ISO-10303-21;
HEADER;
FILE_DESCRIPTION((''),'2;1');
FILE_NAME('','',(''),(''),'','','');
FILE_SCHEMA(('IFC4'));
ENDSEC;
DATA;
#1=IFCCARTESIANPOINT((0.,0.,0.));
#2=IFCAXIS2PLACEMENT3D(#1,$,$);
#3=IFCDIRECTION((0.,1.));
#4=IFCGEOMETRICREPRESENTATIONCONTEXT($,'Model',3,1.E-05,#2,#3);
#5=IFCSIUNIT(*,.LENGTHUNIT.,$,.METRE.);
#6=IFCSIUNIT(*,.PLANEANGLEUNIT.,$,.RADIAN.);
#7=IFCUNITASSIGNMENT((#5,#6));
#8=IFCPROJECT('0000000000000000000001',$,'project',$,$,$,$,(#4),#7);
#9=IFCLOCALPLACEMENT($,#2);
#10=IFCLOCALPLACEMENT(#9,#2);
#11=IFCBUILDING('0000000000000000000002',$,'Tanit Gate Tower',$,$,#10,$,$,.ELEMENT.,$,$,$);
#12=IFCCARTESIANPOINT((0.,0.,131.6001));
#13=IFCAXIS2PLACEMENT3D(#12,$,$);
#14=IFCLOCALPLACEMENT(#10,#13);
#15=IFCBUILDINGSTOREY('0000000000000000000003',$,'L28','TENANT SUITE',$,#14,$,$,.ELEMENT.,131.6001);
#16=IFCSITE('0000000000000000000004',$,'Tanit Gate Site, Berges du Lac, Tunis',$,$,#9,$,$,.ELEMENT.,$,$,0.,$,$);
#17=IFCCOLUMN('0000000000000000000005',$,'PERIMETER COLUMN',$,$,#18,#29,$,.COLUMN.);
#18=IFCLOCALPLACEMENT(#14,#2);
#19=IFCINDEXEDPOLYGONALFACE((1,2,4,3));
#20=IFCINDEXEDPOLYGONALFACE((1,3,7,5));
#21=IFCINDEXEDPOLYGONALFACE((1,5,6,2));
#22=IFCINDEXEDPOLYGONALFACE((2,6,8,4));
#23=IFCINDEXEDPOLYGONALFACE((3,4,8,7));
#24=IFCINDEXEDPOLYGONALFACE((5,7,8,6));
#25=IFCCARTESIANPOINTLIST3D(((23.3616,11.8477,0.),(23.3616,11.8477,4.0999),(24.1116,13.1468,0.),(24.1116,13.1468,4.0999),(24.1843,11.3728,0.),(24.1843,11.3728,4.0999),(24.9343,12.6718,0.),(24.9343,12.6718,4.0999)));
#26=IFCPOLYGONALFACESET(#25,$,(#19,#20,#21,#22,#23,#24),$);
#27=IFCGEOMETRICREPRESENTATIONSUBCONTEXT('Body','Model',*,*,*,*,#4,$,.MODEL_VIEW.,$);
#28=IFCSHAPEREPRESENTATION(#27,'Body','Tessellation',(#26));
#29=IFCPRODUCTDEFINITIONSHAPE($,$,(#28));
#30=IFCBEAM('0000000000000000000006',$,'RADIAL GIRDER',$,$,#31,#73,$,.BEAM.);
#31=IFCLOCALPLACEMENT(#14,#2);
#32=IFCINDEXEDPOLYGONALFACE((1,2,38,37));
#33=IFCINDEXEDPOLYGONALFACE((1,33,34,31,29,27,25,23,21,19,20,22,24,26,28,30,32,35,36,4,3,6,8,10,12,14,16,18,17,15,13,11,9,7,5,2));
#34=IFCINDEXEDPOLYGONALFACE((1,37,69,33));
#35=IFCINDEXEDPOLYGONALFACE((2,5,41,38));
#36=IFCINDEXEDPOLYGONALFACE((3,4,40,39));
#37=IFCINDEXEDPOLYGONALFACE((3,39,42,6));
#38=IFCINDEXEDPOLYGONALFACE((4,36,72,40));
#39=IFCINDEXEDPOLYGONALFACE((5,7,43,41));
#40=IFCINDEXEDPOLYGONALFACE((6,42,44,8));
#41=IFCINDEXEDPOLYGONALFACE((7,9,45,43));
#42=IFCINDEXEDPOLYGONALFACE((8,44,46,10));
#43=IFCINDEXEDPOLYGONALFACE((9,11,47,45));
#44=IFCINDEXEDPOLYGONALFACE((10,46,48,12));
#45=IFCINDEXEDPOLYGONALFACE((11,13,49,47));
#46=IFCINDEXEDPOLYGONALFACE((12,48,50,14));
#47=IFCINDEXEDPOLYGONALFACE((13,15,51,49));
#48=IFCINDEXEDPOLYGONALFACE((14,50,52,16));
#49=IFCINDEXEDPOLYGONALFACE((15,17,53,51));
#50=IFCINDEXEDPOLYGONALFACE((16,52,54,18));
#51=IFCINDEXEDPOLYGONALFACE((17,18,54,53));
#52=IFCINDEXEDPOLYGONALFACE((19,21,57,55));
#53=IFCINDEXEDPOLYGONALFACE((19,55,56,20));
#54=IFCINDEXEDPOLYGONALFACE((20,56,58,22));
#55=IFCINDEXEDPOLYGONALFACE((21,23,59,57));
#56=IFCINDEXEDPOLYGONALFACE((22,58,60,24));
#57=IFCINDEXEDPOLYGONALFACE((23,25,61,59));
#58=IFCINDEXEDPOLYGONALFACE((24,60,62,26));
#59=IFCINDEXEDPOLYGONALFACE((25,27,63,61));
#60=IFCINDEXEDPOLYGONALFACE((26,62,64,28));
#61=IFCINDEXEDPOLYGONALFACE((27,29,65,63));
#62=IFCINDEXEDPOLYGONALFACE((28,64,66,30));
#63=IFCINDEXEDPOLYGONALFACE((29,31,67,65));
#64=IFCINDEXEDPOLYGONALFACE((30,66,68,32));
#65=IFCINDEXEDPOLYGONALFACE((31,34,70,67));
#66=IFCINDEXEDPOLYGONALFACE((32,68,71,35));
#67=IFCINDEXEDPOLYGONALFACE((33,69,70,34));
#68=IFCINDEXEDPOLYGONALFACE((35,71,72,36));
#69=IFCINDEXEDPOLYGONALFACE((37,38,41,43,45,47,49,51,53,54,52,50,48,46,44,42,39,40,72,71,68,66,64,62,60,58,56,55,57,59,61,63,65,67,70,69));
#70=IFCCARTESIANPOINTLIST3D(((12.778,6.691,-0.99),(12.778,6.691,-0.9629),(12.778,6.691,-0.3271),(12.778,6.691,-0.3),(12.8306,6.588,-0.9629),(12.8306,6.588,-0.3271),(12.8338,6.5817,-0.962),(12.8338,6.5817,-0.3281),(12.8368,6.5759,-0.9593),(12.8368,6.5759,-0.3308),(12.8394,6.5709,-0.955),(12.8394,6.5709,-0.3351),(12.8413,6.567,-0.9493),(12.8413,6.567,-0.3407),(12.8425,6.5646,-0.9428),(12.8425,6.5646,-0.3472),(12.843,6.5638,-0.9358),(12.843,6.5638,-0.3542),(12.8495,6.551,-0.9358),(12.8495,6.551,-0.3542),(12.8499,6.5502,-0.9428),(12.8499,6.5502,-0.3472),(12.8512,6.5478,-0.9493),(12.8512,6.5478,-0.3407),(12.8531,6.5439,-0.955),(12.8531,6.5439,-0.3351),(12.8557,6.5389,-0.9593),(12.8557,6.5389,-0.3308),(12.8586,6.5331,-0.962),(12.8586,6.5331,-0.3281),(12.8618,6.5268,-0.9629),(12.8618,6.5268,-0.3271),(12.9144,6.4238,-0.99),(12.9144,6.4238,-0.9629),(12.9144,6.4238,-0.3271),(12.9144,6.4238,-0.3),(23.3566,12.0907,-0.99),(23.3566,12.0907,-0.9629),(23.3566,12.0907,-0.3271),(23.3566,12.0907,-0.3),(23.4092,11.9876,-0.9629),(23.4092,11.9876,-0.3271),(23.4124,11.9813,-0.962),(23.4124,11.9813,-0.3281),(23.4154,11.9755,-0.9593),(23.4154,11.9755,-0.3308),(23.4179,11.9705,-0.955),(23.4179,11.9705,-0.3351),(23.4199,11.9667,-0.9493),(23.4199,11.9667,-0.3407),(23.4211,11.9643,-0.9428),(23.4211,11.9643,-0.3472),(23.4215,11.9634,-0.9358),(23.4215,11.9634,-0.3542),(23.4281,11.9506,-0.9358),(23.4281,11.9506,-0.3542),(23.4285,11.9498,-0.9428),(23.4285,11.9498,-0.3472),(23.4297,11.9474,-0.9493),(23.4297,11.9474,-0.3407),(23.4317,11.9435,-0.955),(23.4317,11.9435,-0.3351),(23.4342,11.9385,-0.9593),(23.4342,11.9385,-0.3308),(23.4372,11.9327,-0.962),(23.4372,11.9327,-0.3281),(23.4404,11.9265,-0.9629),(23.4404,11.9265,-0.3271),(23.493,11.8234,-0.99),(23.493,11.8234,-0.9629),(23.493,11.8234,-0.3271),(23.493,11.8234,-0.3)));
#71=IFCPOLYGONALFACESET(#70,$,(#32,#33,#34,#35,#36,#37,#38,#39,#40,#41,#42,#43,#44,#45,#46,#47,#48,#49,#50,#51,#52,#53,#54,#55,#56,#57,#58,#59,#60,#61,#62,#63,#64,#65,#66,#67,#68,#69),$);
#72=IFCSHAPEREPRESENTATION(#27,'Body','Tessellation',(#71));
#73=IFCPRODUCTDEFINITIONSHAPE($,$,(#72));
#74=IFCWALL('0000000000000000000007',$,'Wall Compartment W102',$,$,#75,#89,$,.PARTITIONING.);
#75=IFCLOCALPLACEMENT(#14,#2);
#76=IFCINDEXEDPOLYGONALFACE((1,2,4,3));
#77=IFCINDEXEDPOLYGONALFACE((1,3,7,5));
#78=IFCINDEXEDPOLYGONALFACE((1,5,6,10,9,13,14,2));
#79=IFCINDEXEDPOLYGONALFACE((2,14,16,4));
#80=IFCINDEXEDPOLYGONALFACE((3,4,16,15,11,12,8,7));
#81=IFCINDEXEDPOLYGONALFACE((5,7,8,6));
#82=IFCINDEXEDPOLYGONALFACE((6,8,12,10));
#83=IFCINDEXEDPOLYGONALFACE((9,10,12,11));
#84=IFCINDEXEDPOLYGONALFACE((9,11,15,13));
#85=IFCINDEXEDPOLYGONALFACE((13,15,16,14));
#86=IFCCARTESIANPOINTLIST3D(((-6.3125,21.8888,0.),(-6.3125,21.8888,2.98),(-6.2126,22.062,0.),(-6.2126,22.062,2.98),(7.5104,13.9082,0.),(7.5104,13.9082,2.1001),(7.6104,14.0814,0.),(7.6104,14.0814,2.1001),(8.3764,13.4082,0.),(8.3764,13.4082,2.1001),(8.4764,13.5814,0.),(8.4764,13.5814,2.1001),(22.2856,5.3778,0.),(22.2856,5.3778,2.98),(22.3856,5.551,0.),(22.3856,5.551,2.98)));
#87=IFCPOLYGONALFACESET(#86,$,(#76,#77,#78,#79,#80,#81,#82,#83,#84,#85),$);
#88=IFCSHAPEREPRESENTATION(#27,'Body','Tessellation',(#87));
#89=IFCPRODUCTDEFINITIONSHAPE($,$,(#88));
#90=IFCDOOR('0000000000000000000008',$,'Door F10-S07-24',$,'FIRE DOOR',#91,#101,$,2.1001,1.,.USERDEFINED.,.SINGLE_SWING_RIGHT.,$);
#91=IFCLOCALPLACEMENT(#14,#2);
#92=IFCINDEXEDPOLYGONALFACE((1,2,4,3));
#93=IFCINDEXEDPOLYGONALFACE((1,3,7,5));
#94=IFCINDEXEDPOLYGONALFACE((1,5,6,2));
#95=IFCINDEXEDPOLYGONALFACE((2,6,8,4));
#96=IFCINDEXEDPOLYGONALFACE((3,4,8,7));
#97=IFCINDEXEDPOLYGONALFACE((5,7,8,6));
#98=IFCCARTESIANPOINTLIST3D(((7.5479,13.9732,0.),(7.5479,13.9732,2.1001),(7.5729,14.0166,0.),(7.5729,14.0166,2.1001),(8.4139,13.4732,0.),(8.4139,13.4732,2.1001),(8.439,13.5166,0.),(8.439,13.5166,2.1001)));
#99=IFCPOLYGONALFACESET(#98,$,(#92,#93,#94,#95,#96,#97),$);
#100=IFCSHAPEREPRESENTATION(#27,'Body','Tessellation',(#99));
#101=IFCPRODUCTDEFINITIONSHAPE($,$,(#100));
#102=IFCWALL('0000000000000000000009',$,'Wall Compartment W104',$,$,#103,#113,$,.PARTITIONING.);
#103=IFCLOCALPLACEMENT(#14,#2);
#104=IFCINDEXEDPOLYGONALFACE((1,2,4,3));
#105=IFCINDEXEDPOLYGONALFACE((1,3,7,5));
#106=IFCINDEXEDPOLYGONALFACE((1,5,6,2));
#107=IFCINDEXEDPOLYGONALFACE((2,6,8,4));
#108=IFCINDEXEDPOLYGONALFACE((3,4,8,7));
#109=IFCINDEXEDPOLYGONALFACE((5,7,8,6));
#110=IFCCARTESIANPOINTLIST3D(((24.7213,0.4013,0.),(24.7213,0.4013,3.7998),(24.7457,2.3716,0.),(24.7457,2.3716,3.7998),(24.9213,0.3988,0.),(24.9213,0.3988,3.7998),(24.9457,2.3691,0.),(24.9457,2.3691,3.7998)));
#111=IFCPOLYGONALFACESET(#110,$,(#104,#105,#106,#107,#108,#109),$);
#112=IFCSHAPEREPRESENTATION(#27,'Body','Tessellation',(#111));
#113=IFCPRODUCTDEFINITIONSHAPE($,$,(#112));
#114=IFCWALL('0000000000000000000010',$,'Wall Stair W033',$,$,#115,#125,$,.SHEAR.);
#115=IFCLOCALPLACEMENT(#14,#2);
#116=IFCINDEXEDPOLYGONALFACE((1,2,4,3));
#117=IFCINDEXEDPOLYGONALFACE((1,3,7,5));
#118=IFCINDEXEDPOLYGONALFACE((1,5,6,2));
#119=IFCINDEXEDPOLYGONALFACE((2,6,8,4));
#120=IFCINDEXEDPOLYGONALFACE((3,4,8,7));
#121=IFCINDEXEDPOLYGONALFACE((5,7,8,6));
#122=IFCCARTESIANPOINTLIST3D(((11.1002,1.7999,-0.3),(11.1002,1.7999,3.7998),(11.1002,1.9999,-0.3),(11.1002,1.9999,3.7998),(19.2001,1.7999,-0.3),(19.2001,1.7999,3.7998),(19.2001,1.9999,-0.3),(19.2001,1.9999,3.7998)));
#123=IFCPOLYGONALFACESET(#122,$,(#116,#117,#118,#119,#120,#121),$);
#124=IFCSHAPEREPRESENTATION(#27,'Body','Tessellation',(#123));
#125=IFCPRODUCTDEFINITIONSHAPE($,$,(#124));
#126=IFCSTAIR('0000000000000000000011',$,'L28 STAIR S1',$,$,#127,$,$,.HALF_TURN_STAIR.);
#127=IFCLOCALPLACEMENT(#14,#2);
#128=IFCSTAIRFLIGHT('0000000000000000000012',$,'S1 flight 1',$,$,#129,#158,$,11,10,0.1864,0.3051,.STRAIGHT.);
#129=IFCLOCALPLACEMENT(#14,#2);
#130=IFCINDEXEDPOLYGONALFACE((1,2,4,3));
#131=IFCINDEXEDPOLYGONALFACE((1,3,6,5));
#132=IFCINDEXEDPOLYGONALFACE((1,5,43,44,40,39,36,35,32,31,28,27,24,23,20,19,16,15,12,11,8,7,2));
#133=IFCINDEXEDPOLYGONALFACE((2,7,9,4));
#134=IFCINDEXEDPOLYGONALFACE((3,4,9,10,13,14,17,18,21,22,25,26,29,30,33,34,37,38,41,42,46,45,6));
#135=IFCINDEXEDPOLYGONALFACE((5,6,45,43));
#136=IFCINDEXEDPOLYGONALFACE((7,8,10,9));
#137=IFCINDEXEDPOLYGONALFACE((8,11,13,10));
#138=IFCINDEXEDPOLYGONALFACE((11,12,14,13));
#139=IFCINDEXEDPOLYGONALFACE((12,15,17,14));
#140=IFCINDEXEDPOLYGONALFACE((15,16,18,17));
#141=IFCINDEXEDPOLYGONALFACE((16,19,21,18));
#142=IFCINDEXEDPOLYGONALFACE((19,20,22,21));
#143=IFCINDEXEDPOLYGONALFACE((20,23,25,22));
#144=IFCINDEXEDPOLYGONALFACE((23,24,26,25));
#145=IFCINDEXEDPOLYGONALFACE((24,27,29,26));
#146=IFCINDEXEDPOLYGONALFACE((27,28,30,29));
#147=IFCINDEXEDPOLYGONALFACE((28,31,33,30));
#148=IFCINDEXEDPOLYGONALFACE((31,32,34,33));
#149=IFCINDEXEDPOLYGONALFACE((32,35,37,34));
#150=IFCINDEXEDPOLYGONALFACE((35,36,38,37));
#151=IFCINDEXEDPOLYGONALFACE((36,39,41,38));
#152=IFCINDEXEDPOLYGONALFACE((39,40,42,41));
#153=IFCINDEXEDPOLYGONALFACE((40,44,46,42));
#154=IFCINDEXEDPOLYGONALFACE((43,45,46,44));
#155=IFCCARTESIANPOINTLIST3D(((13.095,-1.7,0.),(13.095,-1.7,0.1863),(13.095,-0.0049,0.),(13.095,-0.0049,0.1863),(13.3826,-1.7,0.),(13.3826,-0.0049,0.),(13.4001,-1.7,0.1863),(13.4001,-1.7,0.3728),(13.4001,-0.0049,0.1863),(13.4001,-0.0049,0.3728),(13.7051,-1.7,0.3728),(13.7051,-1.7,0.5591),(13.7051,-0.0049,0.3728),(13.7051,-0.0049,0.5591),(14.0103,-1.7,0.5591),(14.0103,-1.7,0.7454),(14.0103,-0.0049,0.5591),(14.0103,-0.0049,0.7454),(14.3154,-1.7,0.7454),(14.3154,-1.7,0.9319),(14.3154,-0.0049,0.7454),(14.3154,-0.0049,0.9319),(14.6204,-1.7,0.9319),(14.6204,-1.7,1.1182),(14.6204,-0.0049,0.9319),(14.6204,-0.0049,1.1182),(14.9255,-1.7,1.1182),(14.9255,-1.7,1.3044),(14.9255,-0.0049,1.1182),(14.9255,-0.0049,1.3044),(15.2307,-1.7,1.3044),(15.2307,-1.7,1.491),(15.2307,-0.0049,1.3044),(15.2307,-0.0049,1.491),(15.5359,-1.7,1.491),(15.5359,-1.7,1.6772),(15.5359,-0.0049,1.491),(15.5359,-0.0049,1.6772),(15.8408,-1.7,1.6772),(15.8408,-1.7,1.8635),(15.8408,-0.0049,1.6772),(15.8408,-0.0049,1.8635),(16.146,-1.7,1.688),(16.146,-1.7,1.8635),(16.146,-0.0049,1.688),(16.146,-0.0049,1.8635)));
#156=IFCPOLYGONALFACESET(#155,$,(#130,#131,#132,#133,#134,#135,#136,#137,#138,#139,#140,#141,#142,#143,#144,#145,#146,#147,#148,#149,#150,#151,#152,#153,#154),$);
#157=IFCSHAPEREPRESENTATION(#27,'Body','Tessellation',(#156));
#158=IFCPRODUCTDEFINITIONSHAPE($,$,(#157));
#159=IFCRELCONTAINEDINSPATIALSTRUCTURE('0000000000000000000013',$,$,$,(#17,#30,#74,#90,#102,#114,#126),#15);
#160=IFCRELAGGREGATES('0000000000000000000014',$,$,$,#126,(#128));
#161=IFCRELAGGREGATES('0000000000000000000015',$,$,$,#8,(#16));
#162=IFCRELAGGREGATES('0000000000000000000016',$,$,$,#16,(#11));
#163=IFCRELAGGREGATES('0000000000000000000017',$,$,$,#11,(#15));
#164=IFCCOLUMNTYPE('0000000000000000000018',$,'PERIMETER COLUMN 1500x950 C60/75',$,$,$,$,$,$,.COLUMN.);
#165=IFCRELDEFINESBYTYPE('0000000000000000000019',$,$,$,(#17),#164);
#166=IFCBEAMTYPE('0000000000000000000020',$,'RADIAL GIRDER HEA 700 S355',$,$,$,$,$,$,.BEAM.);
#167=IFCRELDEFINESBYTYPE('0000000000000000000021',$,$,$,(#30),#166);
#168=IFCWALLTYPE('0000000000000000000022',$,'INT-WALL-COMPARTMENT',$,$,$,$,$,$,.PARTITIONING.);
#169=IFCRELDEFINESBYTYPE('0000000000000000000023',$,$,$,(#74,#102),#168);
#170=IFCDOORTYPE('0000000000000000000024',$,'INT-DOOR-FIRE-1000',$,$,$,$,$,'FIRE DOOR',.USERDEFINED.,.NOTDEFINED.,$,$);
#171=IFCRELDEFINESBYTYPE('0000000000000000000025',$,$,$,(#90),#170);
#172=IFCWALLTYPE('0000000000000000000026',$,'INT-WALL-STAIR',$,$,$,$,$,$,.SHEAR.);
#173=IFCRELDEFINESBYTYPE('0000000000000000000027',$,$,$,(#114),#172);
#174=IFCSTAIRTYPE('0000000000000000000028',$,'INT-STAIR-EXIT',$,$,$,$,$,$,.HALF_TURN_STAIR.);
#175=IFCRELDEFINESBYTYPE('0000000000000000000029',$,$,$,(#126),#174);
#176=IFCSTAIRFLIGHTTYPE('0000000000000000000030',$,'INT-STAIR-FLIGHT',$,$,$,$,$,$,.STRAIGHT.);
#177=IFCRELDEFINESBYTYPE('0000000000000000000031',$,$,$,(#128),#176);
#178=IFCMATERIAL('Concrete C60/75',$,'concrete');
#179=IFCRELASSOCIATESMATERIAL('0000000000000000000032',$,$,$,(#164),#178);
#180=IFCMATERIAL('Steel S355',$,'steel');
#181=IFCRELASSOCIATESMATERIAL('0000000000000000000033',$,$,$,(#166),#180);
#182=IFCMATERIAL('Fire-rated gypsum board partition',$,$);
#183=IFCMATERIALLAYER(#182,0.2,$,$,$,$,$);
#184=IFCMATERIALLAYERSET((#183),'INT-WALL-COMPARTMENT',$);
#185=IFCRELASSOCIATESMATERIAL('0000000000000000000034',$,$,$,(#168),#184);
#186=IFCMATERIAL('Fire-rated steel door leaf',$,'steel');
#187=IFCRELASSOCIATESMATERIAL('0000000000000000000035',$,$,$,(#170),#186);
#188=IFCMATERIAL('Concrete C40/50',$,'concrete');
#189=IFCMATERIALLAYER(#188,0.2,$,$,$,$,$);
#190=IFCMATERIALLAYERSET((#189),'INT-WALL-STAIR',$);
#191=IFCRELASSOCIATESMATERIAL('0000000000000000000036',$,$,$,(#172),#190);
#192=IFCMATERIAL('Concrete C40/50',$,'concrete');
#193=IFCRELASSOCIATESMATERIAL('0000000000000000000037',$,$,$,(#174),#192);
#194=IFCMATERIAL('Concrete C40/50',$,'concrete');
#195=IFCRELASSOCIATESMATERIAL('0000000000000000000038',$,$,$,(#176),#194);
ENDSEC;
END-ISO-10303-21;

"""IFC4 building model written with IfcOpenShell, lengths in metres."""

from ifc_helpers import new_model, si_unit, direction, frame, frame_2d, origin, origin_2d, place, context, subcontext, project, spatial, polyline, rectangle, i_section, outline, extrude, material, layer, layer_set, material_profile, profile_set, type_object, element, fill, aggregate, save


model = new_model("IFC4")

# Units and contexts
model_context = context("Model", 3, precision=1e-05, world=origin(), true_north=direction((0.0, 1.0)))
body_context = subcontext(model_context, "Body", "Model", "MODEL_VIEW")
ifc_project = project(units=[si_unit("LENGTHUNIT", "METRE"), si_unit("PLANEANGLEUNIT", "RADIAN")], contexts=[model_context])

# Site, building, storey
site_placement = place(None, origin())
site = spatial("IfcSite", under=ifc_project, at=site_placement, Name="Tanit Gate Site, Berges du Lac, Tunis", CompositionType="ELEMENT", RefElevation=0.0)
building_placement = place(site_placement, origin())
building = spatial("IfcBuilding", under=site, at=building_placement, Name="Tanit Gate Tower", CompositionType="ELEMENT")
storey_placement = place(building_placement, frame((0.0, 0.0, 131.6001)))
storey = spatial("IfcBuildingStorey", under=building, at=storey_placement, Name="L28", Description="TENANT SUITE", CompositionType="ELEMENT", Elevation=131.6001)

# Column
ifc_material_1 = material(Name="Concrete C60/75", Category="concrete")
ifc_material_profile_1 = material_profile(ifc_material_1, rectangle(XDim=1.5, YDim=0.95, at=origin_2d()), Name="RC 1500x950")
ifc_profile_set_1 = profile_set([ifc_material_profile_1], Name="Concrete C60/75")
column_type = type_object("IfcColumnType", Name="PERIMETER COLUMN 1500x950 C60/75", PredefinedType="COLUMN", material=ifc_profile_set_1)
column_placement = place(storey_placement, frame((24.1479, 12.2598, 0.0), z_axis=(0.0, 0.0, 1.0), x_axis=(0.5, 0.866025, 0.0)))
element("IfcColumn", 1, at=column_placement, inside=storey, type_object=column_type, Name="PERIMETER COLUMN", PredefinedType="COLUMN", context=body_context, shape_type="SweptSolid", body=[
    extrude(rectangle(XDim=1.5, YDim=0.95, at=origin_2d()), origin(), (0.0, 0.0, 1.0), 4.0999),
])

# Beam
ifc_material_2 = material(Name="Steel S355", Category="steel")
ifc_material_profile_2 = material_profile(ifc_material_2, i_section(OverallWidth=0.3, OverallDepth=0.6899, WebThickness=0.0144, FlangeThickness=0.0271, FilletRadius=0.0271, at=origin_2d()), Name="HEA 700")
ifc_profile_set_2 = profile_set([ifc_material_profile_2], Name="Steel S355")
beam_type = type_object("IfcBeamType", Name="RADIAL GIRDER HEA 700 S355", PredefinedType="BEAM", material=ifc_profile_set_2)
beam_placement = place(storey_placement, frame((23.4248, 11.957, -0.645), z_axis=(-0.89068, -0.454631, 0.0), x_axis=(0.454631, -0.89068, 0.0)))
element("IfcBeam", 2, at=beam_placement, inside=storey, type_object=beam_type, Name="RADIAL GIRDER", PredefinedType="BEAM", context=body_context, shape_type="SweptSolid", body=[
    extrude(i_section(OverallWidth=0.3, OverallDepth=0.6899, WebThickness=0.0144, FlangeThickness=0.0271, FilletRadius=0.0271, at=origin_2d()), origin(), (0.0, 0.0, 1.0), 11.877),
])

# Wall, opening, door
ifc_material_3 = material(Name="Fire-rated gypsum board partition")
ifc_layer_1 = layer(ifc_material_3, 0.2)
ifc_layer_set_1 = layer_set([ifc_layer_1], Name="INT-WALL-COMPARTMENT")
wall_type_1 = type_object("IfcWallType", Name="INT-WALL-COMPARTMENT", PredefinedType="PARTITIONING", material=ifc_layer_set_1)
wall_1_placement = place(storey_placement, frame((22.3357, 5.4644, 0.0), z_axis=(0.0, 0.0, 1.0), x_axis=(-0.866028, 0.499996, 0.0)))
wall_1 = element("IfcWall", 3, at=wall_1_placement, inside=storey, type_object=wall_type_1, Name="Wall Compartment W102", PredefinedType="PARTITIONING", context=body_context, shape_type="SweptSolid", body=[
    extrude(rectangle(XDim=33.0222, YDim=0.2, at=frame_2d((16.5112, 0.0))), origin(), (0.0, 0.0, 1.0), 2.98),
])
opening_1_placement = place(wall_1_placement, frame((16.061, 0.0, 0.0)))
opening_1 = element("IfcOpeningElement", 4, at=opening_1_placement, cuts=wall_1, PredefinedType="OPENING", context=body_context, shape_type="SweptSolid", body=[
    extrude(rectangle(XDim=1.0, YDim=2.1001, at=frame_2d((0.5, 1.05))), frame((0.0, 0.1099, 0.0), z_axis=(0.0, -1.0, 0.0), x_axis=(1.0, 0.0, 0.0)), (0.0, 0.0, 1.0), 0.22),
])
ifc_material_4 = material(Name="Fire-rated steel door leaf", Category="steel")
door_type_1 = type_object("IfcDoorType", Name="INT-DOOR-FIRE-1000", ElementType="FIRE DOOR", OperationType="NOTDEFINED", PredefinedType="USERDEFINED", material=ifc_material_4)
door_1_placement = place(opening_1_placement, origin())
door_1 = element("IfcDoor", 5, at=door_1_placement, inside=storey, type_object=door_type_1, Name="Door F10-S07-24", ObjectType="FIRE DOOR", OperationType="SINGLE_SWING_RIGHT", OverallHeight=2.1001, OverallWidth=1.0, PredefinedType="USERDEFINED", context=body_context, shape_type="SweptSolid", body=[
    extrude(rectangle(XDim=1.0, YDim=2.1001, at=frame_2d((0.5, 1.05))), frame((0.0, 0.0249, 0.0), z_axis=(0.0, -1.0, 0.0), x_axis=(1.0, 0.0, 0.0)), (0.0, 0.0, 1.0), 0.05),
])
fill(opening_1, door_1)

# Walls
wall_2_placement = place(storey_placement, frame((24.8213, 0.3999, 0.0), z_axis=(0.0, 0.0, 1.0), x_axis=(0.012391, 0.999923, 0.0)))
element("IfcWall", 6, at=wall_2_placement, inside=storey, type_object=wall_type_1, Name="Wall Compartment W104", PredefinedType="PARTITIONING", context=body_context, shape_type="SweptSolid", body=[
    extrude(rectangle(XDim=1.9705, YDim=0.2, at=frame_2d((0.9854, 0.0))), origin(), (0.0, 0.0, 1.0), 3.7998),
])
ifc_material_5 = material(Name="Concrete C40/50", Category="concrete")
ifc_layer_2 = layer(ifc_material_5, 0.2)
ifc_layer_set_2 = layer_set([ifc_layer_2], Name="INT-WALL-STAIR")
wall_type_2 = type_object("IfcWallType", Name="INT-WALL-STAIR", PredefinedType="SHEAR", material=ifc_layer_set_2)
wall_3_placement = place(storey_placement, frame((19.2, 1.8999, -0.3), z_axis=(0.0, 0.0, 1.0), x_axis=(-1.0, 0.0, 0.0)))
element("IfcWall", 7, at=wall_3_placement, inside=storey, type_object=wall_type_2, Name="Wall Stair W033", PredefinedType="SHEAR", context=body_context, shape_type="SweptSolid", body=[
    extrude(rectangle(XDim=8.0999, YDim=0.2, at=frame_2d((4.0498, 0.0))), origin(), (0.0, 0.0, 1.0), 4.0999),
])

# Stair, stair flight
ifc_material_6 = material(Name="Concrete C40/50", Category="concrete")
stair_type = type_object("IfcStairType", Name="INT-STAIR-EXIT", PredefinedType="HALF_TURN_STAIR", material=ifc_material_6)
stair_placement = place(storey_placement, origin())
stair = element("IfcStair", 8, at=stair_placement, inside=storey, type_object=stair_type, Name="L28 STAIR S1", PredefinedType="HALF_TURN_STAIR")
ifc_material_7 = material(Name="Concrete C40/50", Category="concrete")
stair_flight_type = type_object("IfcStairFlightType", Name="INT-STAIR-FLIGHT", PredefinedType="STRAIGHT", material=ifc_material_7)
stair_flight_1_placement = place(storey_placement, frame((13.095, -0.8525, 0.0), z_axis=(0.0, 0.0, 1.0), x_axis=(1.0, 0.0, 0.0)))
stair_flight_1 = element("IfcStairFlight", 9, at=stair_flight_1_placement, type_object=stair_flight_type, Name="S1 flight 1", NumberOfRisers=11, NumberOfTreads=10, PredefinedType="STRAIGHT", RiserHeight=0.1864, TreadLength=0.3051, context=body_context, shape_type="SweptSolid", body=[
    extrude(outline(polyline([(0.0, 0.0), (0.0, 0.1863), (0.3052, 0.1863), (0.3052, 0.3728), (0.6101, 0.3728), (0.6101, 0.5591), (0.9153, 0.5591), (0.9153, 0.7454), (1.2205, 0.7454), (1.2205, 0.9319), (1.5254, 0.9319), (1.5254, 1.1182), (1.8306, 1.1182), (1.8306, 1.3044), (2.1357, 1.3044), (2.1357, 1.491), (2.4409, 1.491), (2.4409, 1.6772), (2.7458, 1.6772), (2.7458, 1.8635), (3.051, 1.8635), (3.051, 2.05), (3.051, 1.688), (0.2876, 0.0), (0.0, 0.0)])), frame((0.0, 0.8477, 0.0), z_axis=(0.0, -1.0, 0.0), x_axis=(1.0, 0.0, 0.0)), (0.0, 0.0, 1.0), 1.6951),
])
aggregate(stair, [stair_flight_1])

save(model, "model.ifc")
